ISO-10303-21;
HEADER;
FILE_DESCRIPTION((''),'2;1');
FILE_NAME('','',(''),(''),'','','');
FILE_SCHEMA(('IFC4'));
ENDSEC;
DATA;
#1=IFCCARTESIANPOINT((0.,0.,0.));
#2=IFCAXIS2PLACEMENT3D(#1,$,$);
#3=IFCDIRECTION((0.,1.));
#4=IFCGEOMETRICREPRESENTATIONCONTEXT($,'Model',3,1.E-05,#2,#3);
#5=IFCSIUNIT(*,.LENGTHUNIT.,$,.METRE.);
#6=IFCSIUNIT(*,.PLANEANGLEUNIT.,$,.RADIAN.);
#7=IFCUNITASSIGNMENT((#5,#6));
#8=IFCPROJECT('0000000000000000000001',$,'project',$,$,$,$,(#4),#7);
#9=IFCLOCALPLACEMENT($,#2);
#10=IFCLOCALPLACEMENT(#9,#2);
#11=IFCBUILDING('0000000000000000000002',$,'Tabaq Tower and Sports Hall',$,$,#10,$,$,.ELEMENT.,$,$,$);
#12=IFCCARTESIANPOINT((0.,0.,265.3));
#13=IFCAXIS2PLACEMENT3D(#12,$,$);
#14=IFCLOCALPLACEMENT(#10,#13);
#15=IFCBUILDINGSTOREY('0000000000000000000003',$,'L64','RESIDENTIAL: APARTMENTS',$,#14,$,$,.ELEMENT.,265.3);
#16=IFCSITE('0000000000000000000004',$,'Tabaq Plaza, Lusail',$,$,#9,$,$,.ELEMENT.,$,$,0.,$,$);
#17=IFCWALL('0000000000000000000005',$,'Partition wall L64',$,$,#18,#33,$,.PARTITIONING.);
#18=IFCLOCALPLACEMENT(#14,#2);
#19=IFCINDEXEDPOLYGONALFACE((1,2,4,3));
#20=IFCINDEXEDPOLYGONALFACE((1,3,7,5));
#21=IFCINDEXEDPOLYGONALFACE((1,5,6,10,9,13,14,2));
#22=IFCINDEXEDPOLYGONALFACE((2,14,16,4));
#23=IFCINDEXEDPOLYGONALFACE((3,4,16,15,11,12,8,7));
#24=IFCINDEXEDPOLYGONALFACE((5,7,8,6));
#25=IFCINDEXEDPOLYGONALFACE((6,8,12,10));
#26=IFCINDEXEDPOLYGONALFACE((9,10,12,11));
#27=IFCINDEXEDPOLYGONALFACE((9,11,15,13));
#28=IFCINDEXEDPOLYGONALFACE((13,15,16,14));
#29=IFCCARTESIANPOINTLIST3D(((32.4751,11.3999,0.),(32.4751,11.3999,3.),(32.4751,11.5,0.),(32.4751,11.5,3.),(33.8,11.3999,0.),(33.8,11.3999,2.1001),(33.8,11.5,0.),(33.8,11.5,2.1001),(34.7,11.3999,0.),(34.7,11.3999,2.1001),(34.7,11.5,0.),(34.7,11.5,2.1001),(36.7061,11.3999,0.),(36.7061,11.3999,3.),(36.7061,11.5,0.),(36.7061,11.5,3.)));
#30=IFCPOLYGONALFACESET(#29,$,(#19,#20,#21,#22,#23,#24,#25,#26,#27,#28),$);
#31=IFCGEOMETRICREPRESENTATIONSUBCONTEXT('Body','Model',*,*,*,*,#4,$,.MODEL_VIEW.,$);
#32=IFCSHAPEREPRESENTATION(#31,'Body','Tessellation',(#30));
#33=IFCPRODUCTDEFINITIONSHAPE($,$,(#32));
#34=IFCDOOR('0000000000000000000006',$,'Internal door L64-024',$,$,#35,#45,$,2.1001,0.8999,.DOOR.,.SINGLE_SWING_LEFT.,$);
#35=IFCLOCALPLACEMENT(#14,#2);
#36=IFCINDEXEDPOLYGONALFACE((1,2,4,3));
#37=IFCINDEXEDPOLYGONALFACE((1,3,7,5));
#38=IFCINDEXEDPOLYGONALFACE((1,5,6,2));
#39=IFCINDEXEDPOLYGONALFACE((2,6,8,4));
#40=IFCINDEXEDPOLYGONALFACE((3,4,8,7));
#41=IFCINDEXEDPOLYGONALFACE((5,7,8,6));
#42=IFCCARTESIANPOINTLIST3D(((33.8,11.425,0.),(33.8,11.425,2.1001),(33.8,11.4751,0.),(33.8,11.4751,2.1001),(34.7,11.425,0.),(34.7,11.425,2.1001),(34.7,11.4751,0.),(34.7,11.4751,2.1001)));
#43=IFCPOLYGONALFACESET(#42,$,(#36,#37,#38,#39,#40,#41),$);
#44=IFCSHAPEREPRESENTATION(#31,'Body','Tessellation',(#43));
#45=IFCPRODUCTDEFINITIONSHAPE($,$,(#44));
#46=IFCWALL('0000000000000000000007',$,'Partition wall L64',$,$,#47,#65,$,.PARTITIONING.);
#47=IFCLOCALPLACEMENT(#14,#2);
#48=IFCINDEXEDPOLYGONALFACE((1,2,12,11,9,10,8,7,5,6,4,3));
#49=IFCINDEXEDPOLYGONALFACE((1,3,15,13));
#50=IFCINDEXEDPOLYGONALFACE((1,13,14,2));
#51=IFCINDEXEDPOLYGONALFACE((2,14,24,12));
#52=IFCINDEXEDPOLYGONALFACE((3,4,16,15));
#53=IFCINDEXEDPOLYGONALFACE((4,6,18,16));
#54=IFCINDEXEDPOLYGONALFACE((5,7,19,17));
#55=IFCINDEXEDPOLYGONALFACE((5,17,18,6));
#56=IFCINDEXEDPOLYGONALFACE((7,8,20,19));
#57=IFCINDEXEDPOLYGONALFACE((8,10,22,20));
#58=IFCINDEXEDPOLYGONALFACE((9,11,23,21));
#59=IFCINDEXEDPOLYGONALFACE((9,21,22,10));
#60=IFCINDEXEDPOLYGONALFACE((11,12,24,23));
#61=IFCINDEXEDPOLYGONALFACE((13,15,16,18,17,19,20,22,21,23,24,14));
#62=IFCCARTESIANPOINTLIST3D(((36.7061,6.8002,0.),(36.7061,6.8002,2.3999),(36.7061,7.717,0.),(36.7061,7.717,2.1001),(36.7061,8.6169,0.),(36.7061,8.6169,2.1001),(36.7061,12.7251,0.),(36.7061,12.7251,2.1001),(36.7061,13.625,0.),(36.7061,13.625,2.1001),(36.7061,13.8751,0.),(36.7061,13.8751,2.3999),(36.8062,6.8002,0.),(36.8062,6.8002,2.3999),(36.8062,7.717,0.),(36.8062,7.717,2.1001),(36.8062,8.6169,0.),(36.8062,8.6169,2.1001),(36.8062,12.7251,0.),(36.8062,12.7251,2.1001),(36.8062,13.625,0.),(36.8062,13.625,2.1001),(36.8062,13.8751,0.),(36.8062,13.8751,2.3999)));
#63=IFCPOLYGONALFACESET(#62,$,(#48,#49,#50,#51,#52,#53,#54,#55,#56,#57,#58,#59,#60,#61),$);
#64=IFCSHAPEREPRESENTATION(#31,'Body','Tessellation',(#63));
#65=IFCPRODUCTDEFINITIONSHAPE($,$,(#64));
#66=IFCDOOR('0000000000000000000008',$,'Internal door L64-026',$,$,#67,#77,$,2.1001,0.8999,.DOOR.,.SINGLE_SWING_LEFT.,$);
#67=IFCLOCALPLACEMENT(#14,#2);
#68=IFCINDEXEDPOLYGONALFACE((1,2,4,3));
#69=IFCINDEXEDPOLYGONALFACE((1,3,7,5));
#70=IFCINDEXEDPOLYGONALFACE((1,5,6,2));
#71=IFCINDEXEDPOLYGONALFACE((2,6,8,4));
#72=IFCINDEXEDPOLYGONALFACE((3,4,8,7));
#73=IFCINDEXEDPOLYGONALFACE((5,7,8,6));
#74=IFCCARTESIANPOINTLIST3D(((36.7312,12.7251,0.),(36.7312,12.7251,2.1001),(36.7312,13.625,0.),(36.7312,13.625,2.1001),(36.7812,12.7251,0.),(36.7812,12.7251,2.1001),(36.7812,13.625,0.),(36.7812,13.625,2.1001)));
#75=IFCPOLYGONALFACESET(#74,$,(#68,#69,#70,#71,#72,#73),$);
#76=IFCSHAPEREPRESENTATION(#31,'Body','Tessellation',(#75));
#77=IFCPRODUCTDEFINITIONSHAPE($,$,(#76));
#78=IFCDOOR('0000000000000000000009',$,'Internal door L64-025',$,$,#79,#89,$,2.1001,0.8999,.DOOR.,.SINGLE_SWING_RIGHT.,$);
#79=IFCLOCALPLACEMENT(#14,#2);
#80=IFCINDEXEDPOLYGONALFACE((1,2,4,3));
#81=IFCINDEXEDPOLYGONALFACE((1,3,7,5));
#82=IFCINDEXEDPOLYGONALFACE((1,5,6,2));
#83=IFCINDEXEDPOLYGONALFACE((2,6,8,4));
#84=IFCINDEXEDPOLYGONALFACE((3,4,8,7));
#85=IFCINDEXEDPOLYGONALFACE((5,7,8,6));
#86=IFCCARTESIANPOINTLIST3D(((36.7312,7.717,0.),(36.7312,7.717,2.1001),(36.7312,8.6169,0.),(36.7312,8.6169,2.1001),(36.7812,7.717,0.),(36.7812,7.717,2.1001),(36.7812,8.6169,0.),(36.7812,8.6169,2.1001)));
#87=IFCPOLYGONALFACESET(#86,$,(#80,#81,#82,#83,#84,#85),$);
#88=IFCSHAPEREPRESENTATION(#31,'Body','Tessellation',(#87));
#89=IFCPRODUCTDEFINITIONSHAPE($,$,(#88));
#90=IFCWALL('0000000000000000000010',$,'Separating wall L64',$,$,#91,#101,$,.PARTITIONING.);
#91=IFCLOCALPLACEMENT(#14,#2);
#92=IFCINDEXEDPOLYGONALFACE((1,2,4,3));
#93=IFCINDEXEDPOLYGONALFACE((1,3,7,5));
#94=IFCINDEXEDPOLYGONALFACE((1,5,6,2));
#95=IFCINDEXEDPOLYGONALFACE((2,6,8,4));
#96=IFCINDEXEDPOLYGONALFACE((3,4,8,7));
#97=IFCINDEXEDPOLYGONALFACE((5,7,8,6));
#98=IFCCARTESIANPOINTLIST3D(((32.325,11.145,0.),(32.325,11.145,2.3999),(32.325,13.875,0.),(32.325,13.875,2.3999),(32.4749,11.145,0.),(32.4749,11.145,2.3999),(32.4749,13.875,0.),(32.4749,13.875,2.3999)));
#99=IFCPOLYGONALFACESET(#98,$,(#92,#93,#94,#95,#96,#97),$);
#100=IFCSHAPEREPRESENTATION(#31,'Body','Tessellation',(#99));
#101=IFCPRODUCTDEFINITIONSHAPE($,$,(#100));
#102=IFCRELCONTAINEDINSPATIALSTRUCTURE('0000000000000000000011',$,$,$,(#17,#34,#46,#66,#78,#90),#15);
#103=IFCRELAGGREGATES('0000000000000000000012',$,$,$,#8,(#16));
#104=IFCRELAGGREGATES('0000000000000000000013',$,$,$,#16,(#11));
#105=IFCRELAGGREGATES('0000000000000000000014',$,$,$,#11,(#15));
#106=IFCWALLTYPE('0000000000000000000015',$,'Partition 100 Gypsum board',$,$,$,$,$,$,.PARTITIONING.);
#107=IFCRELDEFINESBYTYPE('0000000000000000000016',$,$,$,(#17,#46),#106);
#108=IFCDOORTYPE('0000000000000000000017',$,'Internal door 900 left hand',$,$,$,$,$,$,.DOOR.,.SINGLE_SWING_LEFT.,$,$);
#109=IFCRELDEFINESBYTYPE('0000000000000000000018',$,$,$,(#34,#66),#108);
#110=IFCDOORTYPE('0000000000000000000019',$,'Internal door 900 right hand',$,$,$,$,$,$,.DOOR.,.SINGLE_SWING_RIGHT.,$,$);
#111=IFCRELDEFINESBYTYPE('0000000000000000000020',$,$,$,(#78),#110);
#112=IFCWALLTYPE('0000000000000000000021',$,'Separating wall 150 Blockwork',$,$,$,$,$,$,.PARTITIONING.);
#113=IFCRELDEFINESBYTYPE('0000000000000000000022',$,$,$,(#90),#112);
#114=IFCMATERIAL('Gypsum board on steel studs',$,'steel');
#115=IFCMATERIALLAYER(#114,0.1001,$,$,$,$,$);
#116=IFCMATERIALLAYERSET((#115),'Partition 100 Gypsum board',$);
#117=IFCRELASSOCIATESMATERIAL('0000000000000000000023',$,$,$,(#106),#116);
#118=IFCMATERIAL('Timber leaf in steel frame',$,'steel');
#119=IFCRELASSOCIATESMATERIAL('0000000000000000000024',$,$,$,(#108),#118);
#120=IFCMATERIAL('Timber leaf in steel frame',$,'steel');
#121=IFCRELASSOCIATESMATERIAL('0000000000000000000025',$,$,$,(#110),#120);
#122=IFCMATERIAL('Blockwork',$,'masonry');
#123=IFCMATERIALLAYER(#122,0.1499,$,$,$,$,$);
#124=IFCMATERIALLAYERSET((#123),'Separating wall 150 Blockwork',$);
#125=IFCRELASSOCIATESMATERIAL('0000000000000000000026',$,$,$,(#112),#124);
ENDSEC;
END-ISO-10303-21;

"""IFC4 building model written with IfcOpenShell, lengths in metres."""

from ifc_helpers import new_model, si_unit, direction, frame, frame_2d, origin, place, context, subcontext, project, spatial, rectangle, extrude, material, layer, layer_set, type_object, element, fill, save


model = new_model("IFC4")

# Units and contexts
model_context = context("Model", 3, precision=1e-05, world=origin(), true_north=direction((0.0, 1.0)))
body_context = subcontext(model_context, "Body", "Model", "MODEL_VIEW")
ifc_project = project(units=[si_unit("LENGTHUNIT", "METRE"), si_unit("PLANEANGLEUNIT", "RADIAN")], contexts=[model_context])

# Site, building, storey
site_placement = place(None, origin())
site = spatial("IfcSite", under=ifc_project, at=site_placement, Name="Tabaq Plaza, Lusail", CompositionType="ELEMENT", RefElevation=0.0)
building_placement = place(site_placement, origin())
building = spatial("IfcBuilding", under=site, at=building_placement, Name="Tabaq Tower and Sports Hall", CompositionType="ELEMENT")
storey_placement = place(building_placement, frame((0.0, 0.0, 265.3)))
storey = spatial("IfcBuildingStorey", under=building, at=storey_placement, Name="L64", Description="RESIDENTIAL: APARTMENTS", CompositionType="ELEMENT", Elevation=265.3)

# Shared definitions
ifc_material_1 = material(Name="Gypsum board on steel studs", Category="steel")
ifc_layer_1 = layer(ifc_material_1, 0.1001)
ifc_layer_set_1 = layer_set([ifc_layer_1], Name="Partition 100 Gypsum board")
wall_type_1 = type_object("IfcWallType", Name="Partition 100 Gypsum board", PredefinedType="PARTITIONING", material=ifc_layer_set_1)
ifc_material_2 = material(Name="Timber leaf in steel frame", Category="steel")
door_type_1 = type_object("IfcDoorType", Name="Internal door 900 left hand", OperationType="SINGLE_SWING_LEFT", PredefinedType="DOOR", material=ifc_material_2)

# Wall, opening, door
wall_1_placement = place(storey_placement, frame((36.7061, 11.45, 0.0), z_axis=(0.0, 0.0, 1.0), x_axis=(-1.0, 0.0, 0.0)))
wall_1 = element("IfcWall", 1, at=wall_1_placement, inside=storey, type_object=wall_type_1, Name="Partition wall L64", PredefinedType="PARTITIONING", context=body_context, shape_type="SweptSolid", body=[
    extrude(rectangle(XDim=4.231, YDim=0.1001, at=frame_2d((2.1155, 0.0))), origin(), (0.0, 0.0, 1.0), 3.0),
])
opening_1_placement = place(wall_1_placement, frame((2.0061, 0.0, 0.0)))
opening_1 = element("IfcOpeningElement", 2, at=opening_1_placement, cuts=wall_1, PredefinedType="OPENING", context=body_context, shape_type="SweptSolid", body=[
    extrude(rectangle(XDim=0.8999, YDim=2.1001, at=frame_2d((0.45, 1.05))), frame((0.0, 0.05, 0.0), z_axis=(0.0, -1.0, 0.0), x_axis=(1.0, 0.0, 0.0)), (0.0, 0.0, 1.0), 0.1001),
])
door_1_placement = place(opening_1_placement, origin())
door_1 = element("IfcDoor", 3, at=door_1_placement, inside=storey, type_object=door_type_1, Name="Internal door L64-024", OperationType="SINGLE_SWING_LEFT", OverallHeight=2.1001, OverallWidth=0.8999, PredefinedType="DOOR", context=body_context, shape_type="SweptSolid", body=[
    extrude(rectangle(XDim=0.8999, YDim=2.1001, at=frame_2d((0.45, 1.05))), frame((0.0, 0.0249, 0.0), z_axis=(0.0, -1.0, 0.0), x_axis=(1.0, 0.0, 0.0)), (0.0, 0.0, 1.0), 0.05),
])
fill(opening_1, door_1)

# Wall, openings, doors
wall_2_placement = place(storey_placement, frame((36.7561, 6.8, 0.0), z_axis=(0.0, 0.0, 1.0), x_axis=(0.0, 1.0, 0.0)))
wall_2 = element("IfcWall", 4, at=wall_2_placement, inside=storey, type_object=wall_type_1, Name="Partition wall L64", PredefinedType="PARTITIONING", context=body_context, shape_type="SweptSolid", body=[
    extrude(rectangle(XDim=7.075, YDim=0.1001, at=frame_2d((3.5376, 0.0))), origin(), (0.0, 0.0, 1.0), 2.3999),
])
opening_2_placement = place(wall_2_placement, frame((0.917, 0.0, 0.0)))
opening_2 = element("IfcOpeningElement", 5, at=opening_2_placement, cuts=wall_2, PredefinedType="OPENING", context=body_context, shape_type="SweptSolid", body=[
    extrude(rectangle(XDim=0.8999, YDim=2.1001, at=frame_2d((0.45, 1.05))), frame((0.0, 0.05, 0.0), z_axis=(0.0, -1.0, 0.0), x_axis=(1.0, 0.0, 0.0)), (0.0, 0.0, 1.0), 0.1001),
])
opening_3_placement = place(wall_2_placement, frame((5.925, 0.0, 0.0)))
opening_3 = element("IfcOpeningElement", 6, at=opening_3_placement, cuts=wall_2, PredefinedType="OPENING", context=body_context, shape_type="SweptSolid", body=[
    extrude(rectangle(XDim=0.8999, YDim=2.1001, at=frame_2d((0.45, 1.05))), frame((0.0, 0.05, 0.0), z_axis=(0.0, -1.0, 0.0), x_axis=(1.0, 0.0, 0.0)), (0.0, 0.0, 1.0), 0.1001),
])
door_2_placement = place(opening_3_placement, origin())
door_2 = element("IfcDoor", 7, at=door_2_placement, inside=storey, type_object=door_type_1, Name="Internal door L64-026", OperationType="SINGLE_SWING_LEFT", OverallHeight=2.1001, OverallWidth=0.8999, PredefinedType="DOOR", context=body_context, shape_type="SweptSolid", body=[
    extrude(rectangle(XDim=0.8999, YDim=2.1001, at=frame_2d((0.45, 1.05))), frame((0.0, 0.0249, 0.0), z_axis=(0.0, -1.0, 0.0), x_axis=(1.0, 0.0, 0.0)), (0.0, 0.0, 1.0), 0.05),
])
fill(opening_3, door_2)
ifc_material_3 = material(Name="Timber leaf in steel frame", Category="steel")
door_type_2 = type_object("IfcDoorType", Name="Internal door 900 right hand", OperationType="SINGLE_SWING_RIGHT", PredefinedType="DOOR", material=ifc_material_3)
door_3_placement = place(opening_2_placement, origin())
door_3 = element("IfcDoor", 8, at=door_3_placement, inside=storey, type_object=door_type_2, Name="Internal door L64-025", OperationType="SINGLE_SWING_RIGHT", OverallHeight=2.1001, OverallWidth=0.8999, PredefinedType="DOOR", context=body_context, shape_type="SweptSolid", body=[
    extrude(rectangle(XDim=0.8999, YDim=2.1001, at=frame_2d((0.45, 1.05))), frame((0.0, 0.0249, 0.0), z_axis=(0.0, -1.0, 0.0), x_axis=(1.0, 0.0, 0.0)), (0.0, 0.0, 1.0), 0.05),
])
fill(opening_2, door_3)

# Wall
ifc_material_4 = material(Name="Blockwork", Category="masonry")
ifc_layer_2 = layer(ifc_material_4, 0.1499)
ifc_layer_set_2 = layer_set([ifc_layer_2], Name="Separating wall 150 Blockwork")
wall_type_2 = type_object("IfcWallType", Name="Separating wall 150 Blockwork", PredefinedType="PARTITIONING", material=ifc_layer_set_2)
wall_3_placement = place(storey_placement, frame((32.3999, 11.145, 0.0), z_axis=(0.0, 0.0, 1.0), x_axis=(0.0, 1.0, 0.0)))
element("IfcWall", 9, at=wall_3_placement, inside=storey, type_object=wall_type_2, Name="Separating wall L64", PredefinedType="PARTITIONING", context=body_context, shape_type="SweptSolid", body=[
    extrude(rectangle(XDim=2.73, YDim=0.1499, at=frame_2d((1.365, 0.0))), origin(), (0.0, 0.0, 1.0), 2.3999),
])

save(model, "model.ifc")
